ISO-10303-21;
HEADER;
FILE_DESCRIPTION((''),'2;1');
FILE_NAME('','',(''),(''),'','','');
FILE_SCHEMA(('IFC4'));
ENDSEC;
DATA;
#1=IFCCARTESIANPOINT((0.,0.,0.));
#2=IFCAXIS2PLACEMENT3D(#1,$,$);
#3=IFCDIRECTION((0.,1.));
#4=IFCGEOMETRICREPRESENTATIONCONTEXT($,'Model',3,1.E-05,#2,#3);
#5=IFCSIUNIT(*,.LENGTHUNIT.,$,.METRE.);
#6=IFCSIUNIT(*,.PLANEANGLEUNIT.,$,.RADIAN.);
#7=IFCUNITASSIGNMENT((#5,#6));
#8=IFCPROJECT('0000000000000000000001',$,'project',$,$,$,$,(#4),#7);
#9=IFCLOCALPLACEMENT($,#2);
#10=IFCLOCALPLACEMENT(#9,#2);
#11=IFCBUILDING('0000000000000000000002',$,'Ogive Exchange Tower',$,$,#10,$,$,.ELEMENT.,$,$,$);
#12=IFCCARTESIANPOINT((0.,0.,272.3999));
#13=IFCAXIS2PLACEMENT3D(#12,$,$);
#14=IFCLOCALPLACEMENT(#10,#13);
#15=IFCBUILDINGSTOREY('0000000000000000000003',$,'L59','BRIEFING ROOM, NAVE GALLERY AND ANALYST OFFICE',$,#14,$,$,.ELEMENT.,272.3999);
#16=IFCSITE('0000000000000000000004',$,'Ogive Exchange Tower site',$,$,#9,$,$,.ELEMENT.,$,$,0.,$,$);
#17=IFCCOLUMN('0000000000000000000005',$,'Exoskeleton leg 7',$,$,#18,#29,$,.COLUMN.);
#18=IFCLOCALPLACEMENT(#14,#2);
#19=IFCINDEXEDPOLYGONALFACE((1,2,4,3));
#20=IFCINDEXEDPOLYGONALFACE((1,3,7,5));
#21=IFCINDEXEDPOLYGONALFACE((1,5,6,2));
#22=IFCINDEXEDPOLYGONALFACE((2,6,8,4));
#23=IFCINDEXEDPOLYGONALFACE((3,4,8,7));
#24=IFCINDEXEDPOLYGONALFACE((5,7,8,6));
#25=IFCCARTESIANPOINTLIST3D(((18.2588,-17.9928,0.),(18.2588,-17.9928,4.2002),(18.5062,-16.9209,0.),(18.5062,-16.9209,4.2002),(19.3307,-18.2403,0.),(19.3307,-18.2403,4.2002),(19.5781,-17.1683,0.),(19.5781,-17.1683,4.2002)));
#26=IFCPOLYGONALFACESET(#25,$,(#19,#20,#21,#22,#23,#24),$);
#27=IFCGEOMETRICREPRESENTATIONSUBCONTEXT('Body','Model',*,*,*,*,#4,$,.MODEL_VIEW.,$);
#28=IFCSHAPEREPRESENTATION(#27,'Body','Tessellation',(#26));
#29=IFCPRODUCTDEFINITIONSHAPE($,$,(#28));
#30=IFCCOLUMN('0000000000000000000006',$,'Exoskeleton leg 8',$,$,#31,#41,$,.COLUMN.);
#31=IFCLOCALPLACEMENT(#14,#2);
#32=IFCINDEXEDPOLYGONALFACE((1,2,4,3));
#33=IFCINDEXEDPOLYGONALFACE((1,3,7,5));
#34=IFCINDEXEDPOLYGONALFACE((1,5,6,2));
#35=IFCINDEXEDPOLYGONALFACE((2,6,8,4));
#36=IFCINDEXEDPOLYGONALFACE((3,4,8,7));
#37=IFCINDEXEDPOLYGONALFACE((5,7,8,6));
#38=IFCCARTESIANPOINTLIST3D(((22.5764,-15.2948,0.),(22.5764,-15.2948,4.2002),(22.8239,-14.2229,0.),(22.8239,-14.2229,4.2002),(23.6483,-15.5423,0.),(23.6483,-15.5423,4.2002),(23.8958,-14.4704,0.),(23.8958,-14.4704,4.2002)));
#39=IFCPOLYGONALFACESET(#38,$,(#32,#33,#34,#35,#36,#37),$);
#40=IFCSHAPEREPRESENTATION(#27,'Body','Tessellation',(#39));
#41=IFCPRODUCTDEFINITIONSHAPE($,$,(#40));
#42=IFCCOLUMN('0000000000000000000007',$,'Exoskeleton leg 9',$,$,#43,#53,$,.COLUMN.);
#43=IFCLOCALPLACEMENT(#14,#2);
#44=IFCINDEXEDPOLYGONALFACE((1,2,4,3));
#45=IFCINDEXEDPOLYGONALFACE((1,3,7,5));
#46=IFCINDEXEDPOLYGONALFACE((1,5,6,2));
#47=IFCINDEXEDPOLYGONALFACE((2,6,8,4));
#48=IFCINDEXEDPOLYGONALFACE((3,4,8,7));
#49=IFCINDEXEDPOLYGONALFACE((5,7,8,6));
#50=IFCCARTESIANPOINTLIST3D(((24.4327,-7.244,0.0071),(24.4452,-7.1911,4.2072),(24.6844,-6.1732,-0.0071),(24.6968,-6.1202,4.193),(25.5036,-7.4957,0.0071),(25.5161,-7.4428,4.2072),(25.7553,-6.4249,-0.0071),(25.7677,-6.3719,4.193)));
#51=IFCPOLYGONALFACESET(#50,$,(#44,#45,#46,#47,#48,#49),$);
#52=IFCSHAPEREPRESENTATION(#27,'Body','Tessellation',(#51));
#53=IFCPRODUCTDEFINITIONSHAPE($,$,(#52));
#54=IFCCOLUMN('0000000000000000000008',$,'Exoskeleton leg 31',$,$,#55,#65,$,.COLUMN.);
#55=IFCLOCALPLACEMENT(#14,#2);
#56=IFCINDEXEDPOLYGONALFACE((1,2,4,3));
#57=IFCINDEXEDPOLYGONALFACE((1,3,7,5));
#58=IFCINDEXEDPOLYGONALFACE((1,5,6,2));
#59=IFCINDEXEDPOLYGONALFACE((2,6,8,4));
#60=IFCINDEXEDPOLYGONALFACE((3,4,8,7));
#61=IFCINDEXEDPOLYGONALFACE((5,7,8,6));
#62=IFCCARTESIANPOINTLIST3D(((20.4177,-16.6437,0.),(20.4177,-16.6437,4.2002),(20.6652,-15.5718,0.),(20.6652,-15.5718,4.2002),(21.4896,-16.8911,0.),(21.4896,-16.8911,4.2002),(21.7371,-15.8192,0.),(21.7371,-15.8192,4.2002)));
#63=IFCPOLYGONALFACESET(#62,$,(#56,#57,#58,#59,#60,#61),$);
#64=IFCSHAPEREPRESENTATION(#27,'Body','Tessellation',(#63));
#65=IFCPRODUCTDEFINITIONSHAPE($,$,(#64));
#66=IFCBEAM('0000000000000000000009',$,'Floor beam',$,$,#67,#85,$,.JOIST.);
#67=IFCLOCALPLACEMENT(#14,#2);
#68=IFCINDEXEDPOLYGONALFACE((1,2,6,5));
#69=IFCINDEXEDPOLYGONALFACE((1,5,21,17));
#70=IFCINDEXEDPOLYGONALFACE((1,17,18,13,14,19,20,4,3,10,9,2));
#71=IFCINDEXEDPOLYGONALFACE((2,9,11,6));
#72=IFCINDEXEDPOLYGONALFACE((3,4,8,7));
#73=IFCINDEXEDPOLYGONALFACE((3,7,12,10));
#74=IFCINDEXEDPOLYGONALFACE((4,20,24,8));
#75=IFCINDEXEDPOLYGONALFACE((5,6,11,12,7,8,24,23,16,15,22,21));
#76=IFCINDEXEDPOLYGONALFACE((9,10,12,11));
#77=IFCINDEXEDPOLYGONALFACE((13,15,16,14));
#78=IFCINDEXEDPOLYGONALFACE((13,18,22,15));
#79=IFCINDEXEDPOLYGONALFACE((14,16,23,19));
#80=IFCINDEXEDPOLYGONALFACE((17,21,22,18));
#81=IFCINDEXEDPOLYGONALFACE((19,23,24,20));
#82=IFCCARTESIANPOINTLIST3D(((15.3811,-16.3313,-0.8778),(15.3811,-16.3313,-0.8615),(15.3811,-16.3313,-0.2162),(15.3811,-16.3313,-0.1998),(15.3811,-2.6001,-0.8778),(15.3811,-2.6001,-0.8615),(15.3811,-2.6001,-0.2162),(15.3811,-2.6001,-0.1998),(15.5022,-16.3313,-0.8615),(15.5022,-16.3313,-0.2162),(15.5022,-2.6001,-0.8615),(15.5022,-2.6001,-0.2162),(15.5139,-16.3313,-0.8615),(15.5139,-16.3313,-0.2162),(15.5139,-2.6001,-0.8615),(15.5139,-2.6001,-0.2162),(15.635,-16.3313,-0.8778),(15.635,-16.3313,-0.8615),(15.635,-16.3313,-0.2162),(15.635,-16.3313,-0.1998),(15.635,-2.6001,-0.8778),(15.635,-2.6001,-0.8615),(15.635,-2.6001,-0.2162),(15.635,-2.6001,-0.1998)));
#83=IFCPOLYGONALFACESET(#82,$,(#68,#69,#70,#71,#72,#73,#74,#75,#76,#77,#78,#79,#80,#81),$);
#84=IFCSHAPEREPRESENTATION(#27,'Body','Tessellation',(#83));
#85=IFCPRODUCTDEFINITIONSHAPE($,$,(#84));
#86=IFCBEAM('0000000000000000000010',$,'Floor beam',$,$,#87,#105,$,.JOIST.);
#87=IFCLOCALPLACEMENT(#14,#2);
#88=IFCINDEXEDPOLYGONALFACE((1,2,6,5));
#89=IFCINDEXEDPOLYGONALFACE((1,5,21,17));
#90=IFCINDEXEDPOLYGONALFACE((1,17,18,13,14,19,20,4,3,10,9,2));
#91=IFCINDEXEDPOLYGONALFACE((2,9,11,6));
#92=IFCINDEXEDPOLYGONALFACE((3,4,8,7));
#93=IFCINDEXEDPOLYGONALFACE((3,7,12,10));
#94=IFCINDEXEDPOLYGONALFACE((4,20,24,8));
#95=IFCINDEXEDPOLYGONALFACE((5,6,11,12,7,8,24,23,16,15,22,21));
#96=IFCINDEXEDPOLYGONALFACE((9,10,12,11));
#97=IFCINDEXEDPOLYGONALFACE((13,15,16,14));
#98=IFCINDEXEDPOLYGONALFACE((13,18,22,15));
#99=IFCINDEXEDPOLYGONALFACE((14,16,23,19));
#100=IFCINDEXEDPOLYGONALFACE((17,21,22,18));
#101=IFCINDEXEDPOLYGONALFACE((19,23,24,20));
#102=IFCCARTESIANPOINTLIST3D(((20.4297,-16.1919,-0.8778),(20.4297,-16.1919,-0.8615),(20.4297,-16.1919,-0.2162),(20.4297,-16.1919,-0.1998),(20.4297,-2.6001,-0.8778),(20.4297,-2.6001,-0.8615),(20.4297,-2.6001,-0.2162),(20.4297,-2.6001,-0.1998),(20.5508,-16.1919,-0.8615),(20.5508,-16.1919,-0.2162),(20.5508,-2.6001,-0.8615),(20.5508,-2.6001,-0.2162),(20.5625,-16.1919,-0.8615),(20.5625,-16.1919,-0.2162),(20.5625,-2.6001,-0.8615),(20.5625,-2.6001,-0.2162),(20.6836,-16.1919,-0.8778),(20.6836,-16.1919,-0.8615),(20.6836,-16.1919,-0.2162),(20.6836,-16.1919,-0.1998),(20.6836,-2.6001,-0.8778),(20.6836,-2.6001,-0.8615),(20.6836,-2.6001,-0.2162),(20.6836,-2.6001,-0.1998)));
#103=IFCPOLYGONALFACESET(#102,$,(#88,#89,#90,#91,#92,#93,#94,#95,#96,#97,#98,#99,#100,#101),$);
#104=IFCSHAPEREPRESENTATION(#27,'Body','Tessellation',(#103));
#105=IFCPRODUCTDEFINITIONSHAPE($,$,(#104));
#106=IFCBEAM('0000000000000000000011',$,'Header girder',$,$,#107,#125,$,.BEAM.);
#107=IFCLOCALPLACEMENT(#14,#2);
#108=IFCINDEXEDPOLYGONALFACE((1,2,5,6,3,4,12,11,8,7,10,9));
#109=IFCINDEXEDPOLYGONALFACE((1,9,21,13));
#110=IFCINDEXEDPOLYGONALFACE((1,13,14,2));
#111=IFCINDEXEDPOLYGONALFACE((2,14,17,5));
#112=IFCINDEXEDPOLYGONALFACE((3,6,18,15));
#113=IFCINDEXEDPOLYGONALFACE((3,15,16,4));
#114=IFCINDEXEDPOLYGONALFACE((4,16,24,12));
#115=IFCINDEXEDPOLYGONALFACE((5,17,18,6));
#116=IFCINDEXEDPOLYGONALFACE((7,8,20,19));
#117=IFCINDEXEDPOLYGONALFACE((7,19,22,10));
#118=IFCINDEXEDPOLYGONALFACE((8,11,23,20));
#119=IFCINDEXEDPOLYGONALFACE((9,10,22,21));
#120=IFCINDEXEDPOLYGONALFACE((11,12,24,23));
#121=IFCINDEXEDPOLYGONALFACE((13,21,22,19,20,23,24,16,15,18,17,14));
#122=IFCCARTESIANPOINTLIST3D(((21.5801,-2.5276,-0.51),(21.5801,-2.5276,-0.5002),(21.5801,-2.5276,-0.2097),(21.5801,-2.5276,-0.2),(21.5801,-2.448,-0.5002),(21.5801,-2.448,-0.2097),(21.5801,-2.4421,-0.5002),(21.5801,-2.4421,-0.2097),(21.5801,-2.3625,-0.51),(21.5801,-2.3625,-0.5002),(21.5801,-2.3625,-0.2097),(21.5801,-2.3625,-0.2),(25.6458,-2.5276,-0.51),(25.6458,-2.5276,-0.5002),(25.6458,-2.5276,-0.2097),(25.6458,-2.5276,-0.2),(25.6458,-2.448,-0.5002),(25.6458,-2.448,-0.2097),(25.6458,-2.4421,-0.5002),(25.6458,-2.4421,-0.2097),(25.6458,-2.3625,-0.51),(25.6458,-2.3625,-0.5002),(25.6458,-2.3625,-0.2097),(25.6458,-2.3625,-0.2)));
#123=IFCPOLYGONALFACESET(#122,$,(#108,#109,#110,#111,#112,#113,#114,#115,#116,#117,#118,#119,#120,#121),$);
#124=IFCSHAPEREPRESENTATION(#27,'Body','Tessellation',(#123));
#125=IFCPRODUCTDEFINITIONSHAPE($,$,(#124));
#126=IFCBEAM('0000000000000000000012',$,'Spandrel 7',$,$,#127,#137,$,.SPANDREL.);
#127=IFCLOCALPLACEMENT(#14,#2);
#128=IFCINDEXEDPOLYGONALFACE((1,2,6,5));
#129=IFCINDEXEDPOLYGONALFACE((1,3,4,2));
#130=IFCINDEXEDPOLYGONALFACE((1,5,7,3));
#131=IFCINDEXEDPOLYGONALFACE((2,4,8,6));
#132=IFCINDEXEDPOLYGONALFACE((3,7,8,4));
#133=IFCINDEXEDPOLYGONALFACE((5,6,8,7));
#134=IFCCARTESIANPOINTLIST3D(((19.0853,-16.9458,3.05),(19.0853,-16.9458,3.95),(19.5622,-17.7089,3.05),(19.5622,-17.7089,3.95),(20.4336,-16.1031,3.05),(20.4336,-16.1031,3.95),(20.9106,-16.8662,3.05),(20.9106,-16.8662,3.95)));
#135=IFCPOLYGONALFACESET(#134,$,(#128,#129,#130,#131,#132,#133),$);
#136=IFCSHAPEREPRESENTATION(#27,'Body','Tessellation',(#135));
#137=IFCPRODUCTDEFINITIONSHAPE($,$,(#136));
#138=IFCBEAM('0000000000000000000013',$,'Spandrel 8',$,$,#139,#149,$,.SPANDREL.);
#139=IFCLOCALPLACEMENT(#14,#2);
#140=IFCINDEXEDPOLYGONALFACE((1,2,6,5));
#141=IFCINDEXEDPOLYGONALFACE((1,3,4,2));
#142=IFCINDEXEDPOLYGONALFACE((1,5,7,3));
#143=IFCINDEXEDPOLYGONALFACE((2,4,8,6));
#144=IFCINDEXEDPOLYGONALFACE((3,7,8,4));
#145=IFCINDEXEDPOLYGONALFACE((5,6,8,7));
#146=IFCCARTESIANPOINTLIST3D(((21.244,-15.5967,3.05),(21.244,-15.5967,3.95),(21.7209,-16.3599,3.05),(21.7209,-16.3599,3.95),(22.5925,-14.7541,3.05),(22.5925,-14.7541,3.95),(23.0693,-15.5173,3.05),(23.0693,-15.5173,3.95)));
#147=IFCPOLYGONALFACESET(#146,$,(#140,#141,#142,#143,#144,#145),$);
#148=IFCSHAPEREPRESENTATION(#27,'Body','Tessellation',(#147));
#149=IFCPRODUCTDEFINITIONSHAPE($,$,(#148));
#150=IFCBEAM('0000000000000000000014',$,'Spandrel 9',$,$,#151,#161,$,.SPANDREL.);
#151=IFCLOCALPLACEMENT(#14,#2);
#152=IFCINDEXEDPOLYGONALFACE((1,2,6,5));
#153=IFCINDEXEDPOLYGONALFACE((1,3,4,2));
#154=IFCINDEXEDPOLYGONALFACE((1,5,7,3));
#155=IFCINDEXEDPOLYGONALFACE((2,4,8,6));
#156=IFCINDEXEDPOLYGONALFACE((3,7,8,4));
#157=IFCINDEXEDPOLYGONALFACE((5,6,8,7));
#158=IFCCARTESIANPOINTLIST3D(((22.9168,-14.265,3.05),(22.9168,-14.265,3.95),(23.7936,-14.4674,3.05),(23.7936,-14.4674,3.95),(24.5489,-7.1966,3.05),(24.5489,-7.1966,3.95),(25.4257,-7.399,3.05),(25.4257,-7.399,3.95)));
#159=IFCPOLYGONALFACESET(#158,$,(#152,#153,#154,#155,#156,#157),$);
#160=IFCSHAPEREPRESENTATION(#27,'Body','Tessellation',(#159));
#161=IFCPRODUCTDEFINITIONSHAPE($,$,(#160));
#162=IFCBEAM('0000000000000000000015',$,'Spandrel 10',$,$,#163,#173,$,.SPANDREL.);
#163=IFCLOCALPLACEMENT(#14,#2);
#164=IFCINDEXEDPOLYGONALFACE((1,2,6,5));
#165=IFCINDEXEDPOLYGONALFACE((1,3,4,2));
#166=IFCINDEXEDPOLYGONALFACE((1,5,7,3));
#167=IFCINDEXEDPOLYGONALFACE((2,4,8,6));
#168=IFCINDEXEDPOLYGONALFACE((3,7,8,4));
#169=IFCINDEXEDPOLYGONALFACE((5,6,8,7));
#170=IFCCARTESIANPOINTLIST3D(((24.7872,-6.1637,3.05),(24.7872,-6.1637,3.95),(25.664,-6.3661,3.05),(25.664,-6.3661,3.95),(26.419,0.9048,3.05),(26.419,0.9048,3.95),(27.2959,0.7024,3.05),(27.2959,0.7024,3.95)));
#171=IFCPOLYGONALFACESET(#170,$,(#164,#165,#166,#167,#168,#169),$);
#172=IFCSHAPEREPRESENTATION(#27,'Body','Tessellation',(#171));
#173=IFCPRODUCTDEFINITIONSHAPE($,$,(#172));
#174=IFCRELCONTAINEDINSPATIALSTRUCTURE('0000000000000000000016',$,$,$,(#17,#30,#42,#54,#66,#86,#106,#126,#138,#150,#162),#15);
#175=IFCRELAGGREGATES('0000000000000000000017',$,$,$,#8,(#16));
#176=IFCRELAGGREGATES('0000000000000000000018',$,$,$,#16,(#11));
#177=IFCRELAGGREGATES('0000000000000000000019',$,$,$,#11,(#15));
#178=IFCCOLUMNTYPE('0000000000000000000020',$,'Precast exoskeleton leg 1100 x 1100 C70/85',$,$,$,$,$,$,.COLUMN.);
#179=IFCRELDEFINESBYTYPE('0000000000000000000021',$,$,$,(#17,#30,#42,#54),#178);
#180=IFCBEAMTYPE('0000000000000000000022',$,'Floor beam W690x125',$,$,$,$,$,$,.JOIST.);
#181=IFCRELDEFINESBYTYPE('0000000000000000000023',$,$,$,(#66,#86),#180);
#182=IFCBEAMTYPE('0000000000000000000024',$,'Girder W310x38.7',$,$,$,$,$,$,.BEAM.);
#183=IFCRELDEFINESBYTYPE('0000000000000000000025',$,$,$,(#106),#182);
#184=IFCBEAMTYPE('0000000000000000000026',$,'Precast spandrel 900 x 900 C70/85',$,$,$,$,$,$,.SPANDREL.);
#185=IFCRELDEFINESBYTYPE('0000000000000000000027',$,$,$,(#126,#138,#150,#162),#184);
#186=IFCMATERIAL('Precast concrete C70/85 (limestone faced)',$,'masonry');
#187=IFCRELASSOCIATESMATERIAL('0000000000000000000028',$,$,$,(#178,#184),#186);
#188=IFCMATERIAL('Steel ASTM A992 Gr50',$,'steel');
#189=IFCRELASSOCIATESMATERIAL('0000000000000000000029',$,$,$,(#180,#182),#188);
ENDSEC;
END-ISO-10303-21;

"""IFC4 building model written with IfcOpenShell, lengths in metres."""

from ifc_helpers import new_model, si_unit, direction, frame, origin, origin_2d, place, context, subcontext, project, spatial, rectangle, i_section, extrude, material, material_profile, profile_set, type_object, element, save


model = new_model("IFC4")

# Units and contexts
model_context = context("Model", 3, precision=1e-05, world=origin(), true_north=direction((0.0, 1.0)))
body_context = subcontext(model_context, "Body", "Model", "MODEL_VIEW")
ifc_project = project(units=[si_unit("LENGTHUNIT", "METRE"), si_unit("PLANEANGLEUNIT", "RADIAN")], contexts=[model_context])

# Site, building, storey
site_placement = place(None, origin())
site = spatial("IfcSite", under=ifc_project, at=site_placement, Name="Ogive Exchange Tower site", CompositionType="ELEMENT", RefElevation=0.0)
building_placement = place(site_placement, origin())
building = spatial("IfcBuilding", under=site, at=building_placement, Name="Ogive Exchange Tower", CompositionType="ELEMENT")
storey_placement = place(building_placement, frame((0.0, 0.0, 272.3999)))
storey = spatial("IfcBuildingStorey", under=building, at=storey_placement, Name="L59", Description="BRIEFING ROOM, NAVE GALLERY AND ANALYST OFFICE", CompositionType="ELEMENT", Elevation=272.3999)

# Columns
ifc_material_1 = material(Name="Precast concrete C70/85 (limestone faced)", Category="masonry")
ifc_material_profile_1 = material_profile(ifc_material_1, rectangle(XDim=1.1001, YDim=1.1001, at=origin_2d()), Name="1100 x 1100")
ifc_profile_set_1 = profile_set([ifc_material_profile_1], Name="Precast concrete C70/85 (limestone faced)")
column_type = type_object("IfcColumnType", Name="Precast exoskeleton leg 1100 x 1100 C70/85", PredefinedType="COLUMN", material=ifc_profile_set_1)
for number, where, z_axis, x_axis, name in (
    (1, (18.9185, -17.5806, 0.0), (0.0, 0.0, 1.0), (0.97437, -0.224951, 0.0), "Exoskeleton leg 7"),
    (2, (23.2361, -14.8826, 0.0), (0.0, 0.0, 1.0), (0.97437, -0.224951, 0.0), "Exoskeleton leg 8"),
):
    element("IfcColumn", number, at=place(storey_placement, frame(where, z_axis=z_axis, x_axis=x_axis)), inside=storey, type_object=column_type, Name=name, PredefinedType="COLUMN", context=body_context, shape_type="SweptSolid", body=[
        extrude(rectangle(XDim=1.1001, YDim=1.1001, at=origin_2d()), origin(), (0.0, 0.0, 1.0), 4.2002),
    ])
column_1_placement = place(storey_placement, frame((25.094, -6.8345, 0.0), z_axis=(0.002964, 0.012612, 0.999916), x_axis=(-0.973476, 0.228789, 0.0)))
element("IfcColumn", 3, at=column_1_placement, inside=storey, type_object=column_type, Name="Exoskeleton leg 9", PredefinedType="COLUMN", context=body_context, shape_type="SweptSolid", body=[
    extrude(rectangle(XDim=1.1001, YDim=1.1001, at=origin_2d()), origin(), (0.0, 0.0, 1.0), 4.2004),
])
column_2_placement = place(storey_placement, frame((21.0774, -16.2314, 0.0), z_axis=(0.0, 0.0, 1.0), x_axis=(0.97437, -0.224951, 0.0)))
element("IfcColumn", 4, at=column_2_placement, inside=storey, type_object=column_type, Name="Exoskeleton leg 31", PredefinedType="COLUMN", context=body_context, shape_type="SweptSolid", body=[
    extrude(rectangle(XDim=1.1001, YDim=1.1001, at=origin_2d()), origin(), (0.0, 0.0, 1.0), 4.2002),
])

# Beams
ifc_material_2 = material(Name="Steel ASTM A992 Gr50", Category="steel")
ifc_material_profile_2 = material_profile(ifc_material_2, i_section(OverallWidth=0.2539, OverallDepth=0.678, WebThickness=0.0117, FlangeThickness=0.0164, at=origin_2d()), Name="W690x125")
ifc_profile_set_2 = profile_set([ifc_material_profile_2], Name="Steel ASTM A992 Gr50")
beam_type_1 = type_object("IfcBeamType", Name="Floor beam W690x125", PredefinedType="JOIST", material=ifc_profile_set_2)
beam_1_placement = place(storey_placement, frame((15.5081, -16.3313, -0.5388), z_axis=(0.0, 1.0, 0.0), x_axis=(-1.0, 0.0, 0.0)))
element("IfcBeam", 5, at=beam_1_placement, inside=storey, type_object=beam_type_1, Name="Floor beam", PredefinedType="JOIST", context=body_context, shape_type="SweptSolid", body=[
    extrude(i_section(OverallWidth=0.2539, OverallDepth=0.678, WebThickness=0.0117, FlangeThickness=0.0164, at=origin_2d()), origin(), (0.0, 0.0, 1.0), 13.7312),
])
beam_2_placement = place(storey_placement, frame((20.5566, -16.1919, -0.5388), z_axis=(0.0, 1.0, 0.0), x_axis=(-1.0, 0.0, 0.0)))
element("IfcBeam", 6, at=beam_2_placement, inside=storey, type_object=beam_type_1, Name="Floor beam", PredefinedType="JOIST", context=body_context, shape_type="SweptSolid", body=[
    extrude(i_section(OverallWidth=0.2539, OverallDepth=0.678, WebThickness=0.0117, FlangeThickness=0.0164, at=origin_2d()), origin(), (0.0, 0.0, 1.0), 13.5918),
])
ifc_material_profile_3 = material_profile(ifc_material_2, i_section(OverallWidth=0.165, OverallDepth=0.3101, WebThickness=0.0059, FlangeThickness=0.0098, at=origin_2d()), Name="W310x38.7")
ifc_profile_set_3 = profile_set([ifc_material_profile_3], Name="Steel ASTM A992 Gr50")
beam_type_2 = type_object("IfcBeamType", Name="Girder W310x38.7", PredefinedType="BEAM", material=ifc_profile_set_3)
beam_3_placement = place(storey_placement, frame((21.5801, -2.4451, -0.355), z_axis=(1.0, 0.0, 0.0), x_axis=(0.0, 1.0, 0.0)))
element("IfcBeam", 7, at=beam_3_placement, inside=storey, type_object=beam_type_2, Name="Header girder", PredefinedType="BEAM", context=body_context, shape_type="SweptSolid", body=[
    extrude(i_section(OverallWidth=0.165, OverallDepth=0.3101, WebThickness=0.0059, FlangeThickness=0.0098, at=origin_2d()), origin(), (0.0, 0.0, 1.0), 4.0657),
])
ifc_material_profile_4 = material_profile(ifc_material_1, rectangle(XDim=0.8999, YDim=0.8999, at=origin_2d()), Name="900 x 900")
ifc_profile_set_4 = profile_set([ifc_material_profile_4], Name="Precast concrete C70/85 (limestone faced)")
beam_type_3 = type_object("IfcBeamType", Name="Precast spandrel 900 x 900 C70/85", PredefinedType="SPANDREL", material=ifc_profile_set_4)
for number, where, z_axis, x_axis, name in (
    (8, (19.3237, -17.3274, 3.5), (0.84799, 0.530013, 0.0), (-0.530013, 0.84799, 0.0), "Spandrel 7"),
    (9, (21.4824, -15.9783, 3.5), (0.848059, 0.529902, 0.0), (-0.529902, 0.848059, 0.0), "Spandrel 8"),
):
    element("IfcBeam", number, at=place(storey_placement, frame(where, z_axis=z_axis, x_axis=x_axis)), inside=storey, type_object=beam_type_3, Name=name, PredefinedType="SPANDREL", context=body_context, shape_type="SweptSolid", body=[
        extrude(rectangle(XDim=0.8999, YDim=0.8999, at=origin_2d()), origin(), (0.0, 0.0, 1.0), 1.5901),
    ])
for number, where, z_axis, x_axis, name in (
    (10, (23.3552, -14.3662, 3.5), (0.22498, 0.974363, 0.0), (-0.974363, 0.22498, 0.0), "Spandrel 9"),
    (11, (25.2256, -6.2649, 3.5), (0.224948, 0.974371, 0.0), (-0.974371, 0.224948, 0.0), "Spandrel 10"),
):
    element("IfcBeam", number, at=place(storey_placement, frame(where, z_axis=z_axis, x_axis=x_axis)), inside=storey, type_object=beam_type_3, Name=name, PredefinedType="SPANDREL", context=body_context, shape_type="SweptSolid", body=[
        extrude(rectangle(XDim=0.8999, YDim=0.8999, at=origin_2d()), origin(), (0.0, 0.0, 1.0), 7.2544),
    ])

save(model, "model.ifc")
